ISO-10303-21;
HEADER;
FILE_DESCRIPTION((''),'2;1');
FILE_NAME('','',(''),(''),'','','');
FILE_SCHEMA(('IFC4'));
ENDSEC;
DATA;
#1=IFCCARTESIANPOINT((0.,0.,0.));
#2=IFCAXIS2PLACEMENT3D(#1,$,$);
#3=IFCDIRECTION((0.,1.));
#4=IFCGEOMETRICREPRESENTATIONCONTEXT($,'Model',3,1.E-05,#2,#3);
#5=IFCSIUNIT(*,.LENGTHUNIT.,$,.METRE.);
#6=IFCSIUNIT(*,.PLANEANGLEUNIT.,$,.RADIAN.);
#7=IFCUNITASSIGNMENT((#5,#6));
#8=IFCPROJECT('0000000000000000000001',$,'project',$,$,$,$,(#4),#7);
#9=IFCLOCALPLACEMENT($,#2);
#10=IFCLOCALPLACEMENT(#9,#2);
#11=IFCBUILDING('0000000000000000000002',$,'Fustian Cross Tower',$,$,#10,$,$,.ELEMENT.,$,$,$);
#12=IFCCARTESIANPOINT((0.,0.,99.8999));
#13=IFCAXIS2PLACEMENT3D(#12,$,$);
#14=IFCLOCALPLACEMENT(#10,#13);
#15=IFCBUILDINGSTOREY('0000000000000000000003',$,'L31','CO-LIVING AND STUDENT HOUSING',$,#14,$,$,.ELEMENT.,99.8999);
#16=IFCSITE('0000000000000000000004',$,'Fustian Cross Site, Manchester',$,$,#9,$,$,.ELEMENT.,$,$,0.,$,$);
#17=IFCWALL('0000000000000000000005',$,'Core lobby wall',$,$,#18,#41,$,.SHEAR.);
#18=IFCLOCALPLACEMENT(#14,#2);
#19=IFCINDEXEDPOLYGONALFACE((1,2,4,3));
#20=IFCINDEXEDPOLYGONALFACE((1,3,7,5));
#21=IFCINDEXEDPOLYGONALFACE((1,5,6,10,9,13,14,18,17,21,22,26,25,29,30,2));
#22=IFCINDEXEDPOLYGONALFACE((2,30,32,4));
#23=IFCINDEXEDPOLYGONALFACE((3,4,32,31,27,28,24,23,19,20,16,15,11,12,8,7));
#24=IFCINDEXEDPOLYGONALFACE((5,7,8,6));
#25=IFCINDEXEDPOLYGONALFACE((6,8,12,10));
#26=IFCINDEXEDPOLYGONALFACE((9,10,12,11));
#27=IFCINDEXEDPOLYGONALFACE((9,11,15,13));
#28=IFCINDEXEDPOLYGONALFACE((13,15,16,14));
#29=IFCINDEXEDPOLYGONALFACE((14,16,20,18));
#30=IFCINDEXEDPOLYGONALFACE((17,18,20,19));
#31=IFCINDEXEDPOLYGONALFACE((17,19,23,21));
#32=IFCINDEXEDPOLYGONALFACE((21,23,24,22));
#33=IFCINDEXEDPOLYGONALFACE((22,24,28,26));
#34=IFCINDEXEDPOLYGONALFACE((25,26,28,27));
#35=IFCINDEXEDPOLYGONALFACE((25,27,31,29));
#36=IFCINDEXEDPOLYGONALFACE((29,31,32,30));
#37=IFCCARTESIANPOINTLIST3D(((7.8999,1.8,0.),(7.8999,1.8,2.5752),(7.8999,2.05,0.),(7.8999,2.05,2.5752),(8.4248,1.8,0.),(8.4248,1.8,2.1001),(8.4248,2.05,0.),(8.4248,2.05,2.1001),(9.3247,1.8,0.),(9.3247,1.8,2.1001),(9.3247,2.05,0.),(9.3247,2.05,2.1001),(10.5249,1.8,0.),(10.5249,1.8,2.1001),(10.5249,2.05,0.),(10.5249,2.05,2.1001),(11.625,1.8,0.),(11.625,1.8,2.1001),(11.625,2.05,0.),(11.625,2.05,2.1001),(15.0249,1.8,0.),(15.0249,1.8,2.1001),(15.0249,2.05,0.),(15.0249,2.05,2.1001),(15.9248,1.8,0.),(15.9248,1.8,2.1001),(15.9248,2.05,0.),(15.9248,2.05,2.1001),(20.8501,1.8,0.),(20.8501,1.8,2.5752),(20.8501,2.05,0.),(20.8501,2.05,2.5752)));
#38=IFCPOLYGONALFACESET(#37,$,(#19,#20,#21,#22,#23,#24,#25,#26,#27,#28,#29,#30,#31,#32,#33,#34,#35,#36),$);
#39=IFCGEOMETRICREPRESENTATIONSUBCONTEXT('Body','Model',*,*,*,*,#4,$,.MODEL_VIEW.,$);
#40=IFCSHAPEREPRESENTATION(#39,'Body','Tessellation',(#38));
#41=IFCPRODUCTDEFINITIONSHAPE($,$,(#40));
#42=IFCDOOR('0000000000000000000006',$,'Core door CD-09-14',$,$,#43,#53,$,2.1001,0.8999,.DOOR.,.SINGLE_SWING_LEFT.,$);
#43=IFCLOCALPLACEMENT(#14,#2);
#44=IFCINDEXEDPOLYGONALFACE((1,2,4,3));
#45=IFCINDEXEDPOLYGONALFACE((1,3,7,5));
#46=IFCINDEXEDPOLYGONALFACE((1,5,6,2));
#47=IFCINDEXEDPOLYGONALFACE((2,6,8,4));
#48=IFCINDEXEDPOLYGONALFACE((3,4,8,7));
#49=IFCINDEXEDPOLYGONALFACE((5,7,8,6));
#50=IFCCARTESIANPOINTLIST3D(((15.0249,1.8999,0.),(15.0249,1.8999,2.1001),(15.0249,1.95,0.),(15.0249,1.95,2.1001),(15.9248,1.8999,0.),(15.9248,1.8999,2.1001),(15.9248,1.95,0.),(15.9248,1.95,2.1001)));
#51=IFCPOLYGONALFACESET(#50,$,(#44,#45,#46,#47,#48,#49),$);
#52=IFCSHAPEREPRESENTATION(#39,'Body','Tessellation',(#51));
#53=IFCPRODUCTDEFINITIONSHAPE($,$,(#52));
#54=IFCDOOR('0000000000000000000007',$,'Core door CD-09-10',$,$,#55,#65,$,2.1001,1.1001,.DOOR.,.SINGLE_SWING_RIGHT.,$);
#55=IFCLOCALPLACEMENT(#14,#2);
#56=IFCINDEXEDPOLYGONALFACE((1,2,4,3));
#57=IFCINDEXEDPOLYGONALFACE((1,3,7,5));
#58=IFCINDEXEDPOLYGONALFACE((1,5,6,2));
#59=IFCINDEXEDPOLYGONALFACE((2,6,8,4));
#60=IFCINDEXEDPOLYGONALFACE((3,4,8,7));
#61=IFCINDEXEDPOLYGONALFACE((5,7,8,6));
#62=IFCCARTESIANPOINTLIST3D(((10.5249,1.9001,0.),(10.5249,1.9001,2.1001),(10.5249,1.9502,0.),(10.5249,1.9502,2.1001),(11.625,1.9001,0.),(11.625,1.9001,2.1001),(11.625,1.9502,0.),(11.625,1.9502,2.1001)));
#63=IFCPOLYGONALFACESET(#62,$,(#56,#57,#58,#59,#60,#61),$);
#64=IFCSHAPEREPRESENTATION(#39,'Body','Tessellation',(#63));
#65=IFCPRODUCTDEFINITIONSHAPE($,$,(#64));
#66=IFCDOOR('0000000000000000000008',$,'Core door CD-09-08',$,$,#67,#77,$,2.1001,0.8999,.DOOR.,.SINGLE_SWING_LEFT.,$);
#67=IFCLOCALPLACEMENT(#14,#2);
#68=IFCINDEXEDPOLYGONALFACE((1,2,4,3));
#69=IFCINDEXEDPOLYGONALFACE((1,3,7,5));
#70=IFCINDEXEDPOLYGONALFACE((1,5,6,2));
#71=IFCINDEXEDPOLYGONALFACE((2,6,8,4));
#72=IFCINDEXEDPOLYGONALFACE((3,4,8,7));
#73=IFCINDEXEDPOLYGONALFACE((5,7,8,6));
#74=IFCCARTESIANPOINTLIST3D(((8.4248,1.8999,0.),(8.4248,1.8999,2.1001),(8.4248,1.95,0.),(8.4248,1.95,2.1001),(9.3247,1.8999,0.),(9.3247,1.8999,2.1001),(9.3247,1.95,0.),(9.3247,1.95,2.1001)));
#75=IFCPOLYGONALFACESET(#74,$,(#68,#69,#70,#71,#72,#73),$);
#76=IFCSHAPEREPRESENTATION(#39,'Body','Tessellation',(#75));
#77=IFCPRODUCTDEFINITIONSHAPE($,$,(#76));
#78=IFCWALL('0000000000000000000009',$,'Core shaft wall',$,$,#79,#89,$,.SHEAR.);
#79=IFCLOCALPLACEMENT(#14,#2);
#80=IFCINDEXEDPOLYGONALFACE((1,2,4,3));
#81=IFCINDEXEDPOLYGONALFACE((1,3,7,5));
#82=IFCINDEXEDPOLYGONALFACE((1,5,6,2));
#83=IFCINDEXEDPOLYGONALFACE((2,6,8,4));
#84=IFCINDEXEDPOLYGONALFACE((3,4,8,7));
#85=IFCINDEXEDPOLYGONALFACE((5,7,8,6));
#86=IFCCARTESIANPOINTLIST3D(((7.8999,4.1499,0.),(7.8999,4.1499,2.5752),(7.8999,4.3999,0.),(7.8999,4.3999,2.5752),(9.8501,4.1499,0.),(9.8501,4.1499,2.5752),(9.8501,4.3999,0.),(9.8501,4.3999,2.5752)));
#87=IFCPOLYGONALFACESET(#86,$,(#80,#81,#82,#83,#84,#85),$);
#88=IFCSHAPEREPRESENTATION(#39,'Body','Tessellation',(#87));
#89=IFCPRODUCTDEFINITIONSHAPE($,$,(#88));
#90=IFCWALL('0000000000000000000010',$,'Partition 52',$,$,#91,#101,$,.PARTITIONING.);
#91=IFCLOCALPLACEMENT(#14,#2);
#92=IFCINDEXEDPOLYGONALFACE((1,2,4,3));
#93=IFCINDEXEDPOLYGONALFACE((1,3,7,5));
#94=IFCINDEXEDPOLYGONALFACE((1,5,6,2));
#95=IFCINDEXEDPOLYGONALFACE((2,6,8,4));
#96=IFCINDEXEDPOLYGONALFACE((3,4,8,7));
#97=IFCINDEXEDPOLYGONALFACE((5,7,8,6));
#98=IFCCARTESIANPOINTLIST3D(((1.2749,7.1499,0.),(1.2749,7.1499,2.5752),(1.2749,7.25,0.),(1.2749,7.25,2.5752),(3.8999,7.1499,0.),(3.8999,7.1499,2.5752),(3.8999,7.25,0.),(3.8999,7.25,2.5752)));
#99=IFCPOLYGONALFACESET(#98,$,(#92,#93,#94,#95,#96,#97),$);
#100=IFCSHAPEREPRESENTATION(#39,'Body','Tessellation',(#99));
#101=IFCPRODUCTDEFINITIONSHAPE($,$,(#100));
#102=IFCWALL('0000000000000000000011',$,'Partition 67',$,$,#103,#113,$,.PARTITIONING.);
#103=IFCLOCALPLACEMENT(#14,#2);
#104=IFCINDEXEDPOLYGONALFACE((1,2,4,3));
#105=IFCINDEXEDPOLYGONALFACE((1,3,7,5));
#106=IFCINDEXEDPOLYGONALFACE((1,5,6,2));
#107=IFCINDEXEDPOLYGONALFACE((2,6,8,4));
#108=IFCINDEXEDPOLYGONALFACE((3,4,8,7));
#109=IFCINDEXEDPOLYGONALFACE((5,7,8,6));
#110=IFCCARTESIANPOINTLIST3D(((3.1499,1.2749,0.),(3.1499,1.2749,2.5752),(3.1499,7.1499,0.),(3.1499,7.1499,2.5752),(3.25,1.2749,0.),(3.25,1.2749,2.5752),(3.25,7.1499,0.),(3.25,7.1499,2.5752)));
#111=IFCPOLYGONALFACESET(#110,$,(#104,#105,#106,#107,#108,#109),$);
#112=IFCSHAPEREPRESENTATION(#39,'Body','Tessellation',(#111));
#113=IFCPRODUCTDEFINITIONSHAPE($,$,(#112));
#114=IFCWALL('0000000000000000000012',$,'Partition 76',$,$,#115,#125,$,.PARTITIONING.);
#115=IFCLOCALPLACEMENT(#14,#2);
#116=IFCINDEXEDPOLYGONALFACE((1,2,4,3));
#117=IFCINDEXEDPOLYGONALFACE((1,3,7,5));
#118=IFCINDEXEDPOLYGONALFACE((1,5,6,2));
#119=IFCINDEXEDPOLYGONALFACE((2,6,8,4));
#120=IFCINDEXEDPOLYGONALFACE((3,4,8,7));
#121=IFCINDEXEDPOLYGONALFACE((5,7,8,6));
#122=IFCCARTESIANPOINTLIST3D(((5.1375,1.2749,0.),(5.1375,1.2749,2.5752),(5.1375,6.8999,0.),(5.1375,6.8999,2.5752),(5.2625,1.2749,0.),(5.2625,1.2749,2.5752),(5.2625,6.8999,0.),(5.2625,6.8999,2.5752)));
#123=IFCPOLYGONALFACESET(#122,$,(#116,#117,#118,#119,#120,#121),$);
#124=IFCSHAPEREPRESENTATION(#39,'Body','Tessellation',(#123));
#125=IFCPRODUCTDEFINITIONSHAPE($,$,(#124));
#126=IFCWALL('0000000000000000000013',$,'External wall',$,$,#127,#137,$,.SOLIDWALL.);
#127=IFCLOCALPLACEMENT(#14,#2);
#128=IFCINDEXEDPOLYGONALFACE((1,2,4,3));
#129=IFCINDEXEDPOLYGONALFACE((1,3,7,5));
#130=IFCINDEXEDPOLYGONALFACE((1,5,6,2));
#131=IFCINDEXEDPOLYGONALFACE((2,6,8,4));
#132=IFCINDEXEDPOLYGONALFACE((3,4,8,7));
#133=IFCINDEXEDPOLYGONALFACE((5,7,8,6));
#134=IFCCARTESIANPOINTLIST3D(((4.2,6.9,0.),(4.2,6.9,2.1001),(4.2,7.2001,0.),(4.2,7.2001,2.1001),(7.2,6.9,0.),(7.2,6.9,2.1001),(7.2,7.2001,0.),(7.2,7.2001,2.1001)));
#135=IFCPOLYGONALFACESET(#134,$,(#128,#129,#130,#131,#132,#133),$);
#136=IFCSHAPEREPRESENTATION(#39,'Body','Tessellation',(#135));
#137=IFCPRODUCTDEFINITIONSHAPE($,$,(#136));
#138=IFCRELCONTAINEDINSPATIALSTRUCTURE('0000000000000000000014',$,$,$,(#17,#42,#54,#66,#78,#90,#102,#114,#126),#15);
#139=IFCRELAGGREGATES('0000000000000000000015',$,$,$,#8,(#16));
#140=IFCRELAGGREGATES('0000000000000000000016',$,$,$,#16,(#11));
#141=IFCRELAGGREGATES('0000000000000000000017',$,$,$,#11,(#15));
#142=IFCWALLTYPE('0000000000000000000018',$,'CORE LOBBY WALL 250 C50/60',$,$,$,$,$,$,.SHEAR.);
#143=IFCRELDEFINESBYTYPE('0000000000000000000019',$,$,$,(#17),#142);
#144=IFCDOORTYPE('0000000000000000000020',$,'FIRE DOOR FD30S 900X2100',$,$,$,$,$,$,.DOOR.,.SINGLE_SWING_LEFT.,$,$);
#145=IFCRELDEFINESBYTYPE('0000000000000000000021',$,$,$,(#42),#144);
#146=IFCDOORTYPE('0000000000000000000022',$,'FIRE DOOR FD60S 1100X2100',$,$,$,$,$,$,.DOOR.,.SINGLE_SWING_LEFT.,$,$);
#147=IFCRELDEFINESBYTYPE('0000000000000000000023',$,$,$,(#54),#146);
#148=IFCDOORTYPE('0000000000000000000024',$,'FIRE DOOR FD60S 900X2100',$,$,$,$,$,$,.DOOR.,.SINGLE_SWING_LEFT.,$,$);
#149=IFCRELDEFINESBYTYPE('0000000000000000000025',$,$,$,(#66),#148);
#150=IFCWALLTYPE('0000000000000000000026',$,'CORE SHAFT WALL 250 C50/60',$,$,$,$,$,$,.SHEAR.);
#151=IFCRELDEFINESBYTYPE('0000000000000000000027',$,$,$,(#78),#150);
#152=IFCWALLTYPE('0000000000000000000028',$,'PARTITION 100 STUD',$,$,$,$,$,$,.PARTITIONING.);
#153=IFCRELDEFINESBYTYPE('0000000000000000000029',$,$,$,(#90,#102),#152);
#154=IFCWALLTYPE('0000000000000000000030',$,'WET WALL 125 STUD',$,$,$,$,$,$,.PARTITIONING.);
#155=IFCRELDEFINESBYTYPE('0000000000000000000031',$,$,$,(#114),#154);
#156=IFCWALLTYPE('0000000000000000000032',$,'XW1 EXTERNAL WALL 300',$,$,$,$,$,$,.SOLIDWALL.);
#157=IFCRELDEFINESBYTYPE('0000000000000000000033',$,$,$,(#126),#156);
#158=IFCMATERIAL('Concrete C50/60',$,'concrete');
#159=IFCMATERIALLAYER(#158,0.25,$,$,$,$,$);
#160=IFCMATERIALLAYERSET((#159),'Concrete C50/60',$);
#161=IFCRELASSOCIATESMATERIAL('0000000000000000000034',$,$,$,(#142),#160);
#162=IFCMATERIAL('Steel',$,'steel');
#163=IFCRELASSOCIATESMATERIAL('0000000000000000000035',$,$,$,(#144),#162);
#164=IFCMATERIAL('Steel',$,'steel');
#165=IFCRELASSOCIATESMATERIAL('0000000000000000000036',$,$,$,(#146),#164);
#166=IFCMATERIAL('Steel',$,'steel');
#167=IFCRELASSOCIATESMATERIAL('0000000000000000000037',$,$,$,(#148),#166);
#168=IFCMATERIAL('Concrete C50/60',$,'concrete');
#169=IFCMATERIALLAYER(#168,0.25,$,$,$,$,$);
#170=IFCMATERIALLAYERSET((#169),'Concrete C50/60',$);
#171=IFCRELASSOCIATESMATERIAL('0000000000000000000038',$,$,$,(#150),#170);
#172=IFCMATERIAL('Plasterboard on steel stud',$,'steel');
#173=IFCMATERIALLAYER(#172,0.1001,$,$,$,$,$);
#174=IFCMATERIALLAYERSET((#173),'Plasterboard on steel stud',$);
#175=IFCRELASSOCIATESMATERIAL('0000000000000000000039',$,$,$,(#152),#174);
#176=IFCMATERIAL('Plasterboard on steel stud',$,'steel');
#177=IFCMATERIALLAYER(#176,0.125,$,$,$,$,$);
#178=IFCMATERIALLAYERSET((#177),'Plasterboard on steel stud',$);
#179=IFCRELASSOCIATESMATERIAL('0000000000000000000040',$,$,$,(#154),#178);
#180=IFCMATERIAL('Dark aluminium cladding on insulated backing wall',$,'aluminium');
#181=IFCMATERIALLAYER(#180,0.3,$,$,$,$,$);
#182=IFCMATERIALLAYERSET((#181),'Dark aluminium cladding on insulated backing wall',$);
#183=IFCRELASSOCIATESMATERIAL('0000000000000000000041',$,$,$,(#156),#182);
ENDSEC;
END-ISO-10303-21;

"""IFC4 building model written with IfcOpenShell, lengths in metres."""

from ifc_helpers import new_model, si_unit, direction, frame, frame_2d, origin, place, context, subcontext, project, spatial, rectangle, extrude, material, layer, layer_set, type_object, element, fill, save


model = new_model("IFC4")

# Units and contexts
model_context = context("Model", 3, precision=1e-05, world=origin(), true_north=direction((0.0, 1.0)))
body_context = subcontext(model_context, "Body", "Model", "MODEL_VIEW")
ifc_project = project(units=[si_unit("LENGTHUNIT", "METRE"), si_unit("PLANEANGLEUNIT", "RADIAN")], contexts=[model_context])

# Site, building, storey
site_placement = place(None, origin())
site = spatial("IfcSite", under=ifc_project, at=site_placement, Name="Fustian Cross Site, Manchester", CompositionType="ELEMENT", RefElevation=0.0)
building_placement = place(site_placement, origin())
building = spatial("IfcBuilding", under=site, at=building_placement, Name="Fustian Cross Tower", CompositionType="ELEMENT")
storey_placement = place(building_placement, frame((0.0, 0.0, 99.8999)))
storey = spatial("IfcBuildingStorey", under=building, at=storey_placement, Name="L31", Description="CO-LIVING AND STUDENT HOUSING", CompositionType="ELEMENT", Elevation=99.8999)

# Wall, openings, doors
ifc_material_1 = material(Name="Concrete C50/60", Category="concrete")
ifc_layer_1 = layer(ifc_material_1, 0.25)
ifc_layer_set_1 = layer_set([ifc_layer_1], Name="Concrete C50/60")
wall_type_1 = type_object("IfcWallType", Name="CORE LOBBY WALL 250 C50/60", PredefinedType="SHEAR", material=ifc_layer_set_1)
wall_1_placement = place(storey_placement, frame((7.8999, 1.925, 0.0), z_axis=(0.0, 0.0, 1.0), x_axis=(1.0, 0.0, 0.0)))
wall_1 = element("IfcWall", 1, at=wall_1_placement, inside=storey, type_object=wall_type_1, Name="Core lobby wall", PredefinedType="SHEAR", context=body_context, shape_type="SweptSolid", body=[
    extrude(rectangle(XDim=12.9502, YDim=0.25, at=frame_2d((6.4751, 0.0))), origin(), (0.0, 0.0, 1.0), 2.5752),
])
opening_1_placement = place(wall_1_placement, frame((0.5249, 0.0, 0.0)))
opening_1 = element("IfcOpeningElement", 2, at=opening_1_placement, cuts=wall_1, PredefinedType="OPENING", context=body_context, shape_type="SweptSolid", body=[
    extrude(rectangle(XDim=0.8999, YDim=2.1001, at=frame_2d((0.45, 1.05))), frame((0.0, 0.135, 0.0), z_axis=(0.0, -1.0, 0.0), x_axis=(1.0, 0.0, 0.0)), (0.0, 0.0, 1.0), 0.27),
])
opening_2_placement = place(wall_1_placement, frame((2.625, 0.0, 0.0)))
opening_2 = element("IfcOpeningElement", 3, at=opening_2_placement, cuts=wall_1, PredefinedType="OPENING", context=body_context, shape_type="SweptSolid", body=[
    extrude(rectangle(XDim=1.1001, YDim=2.1001, at=frame_2d((0.55, 1.05))), frame((0.0, 0.135, 0.0), z_axis=(0.0, -1.0, 0.0), x_axis=(1.0, 0.0, 0.0)), (0.0, 0.0, 1.0), 0.27),
])
opening_3_placement = place(wall_1_placement, frame((7.125, 0.0, 0.0)))
opening_3 = element("IfcOpeningElement", 4, at=opening_3_placement, cuts=wall_1, PredefinedType="OPENING", context=body_context, shape_type="SweptSolid", body=[
    extrude(rectangle(XDim=0.8999, YDim=2.1001, at=frame_2d((0.45, 1.05))), frame((0.0, 0.135, 0.0), z_axis=(0.0, -1.0, 0.0), x_axis=(1.0, 0.0, 0.0)), (0.0, 0.0, 1.0), 0.27),
])
ifc_material_2 = material(Name="Steel", Category="steel")
door_type_1 = type_object("IfcDoorType", Name="FIRE DOOR FD30S 900X2100", OperationType="SINGLE_SWING_LEFT", PredefinedType="DOOR", material=ifc_material_2)
door_1_placement = place(opening_3_placement, origin())
door_1 = element("IfcDoor", 5, at=door_1_placement, inside=storey, type_object=door_type_1, Name="Core door CD-09-14", OperationType="SINGLE_SWING_LEFT", OverallHeight=2.1001, OverallWidth=0.8999, PredefinedType="DOOR", context=body_context, shape_type="SweptSolid", body=[
    extrude(rectangle(XDim=0.8999, YDim=2.1001, at=frame_2d((0.45, 1.05))), frame((0.0, 0.0249, 0.0), z_axis=(0.0, -1.0, 0.0), x_axis=(1.0, 0.0, 0.0)), (0.0, 0.0, 1.0), 0.05),
])
fill(opening_3, door_1)
ifc_material_3 = material(Name="Steel", Category="steel")
door_type_2 = type_object("IfcDoorType", Name="FIRE DOOR FD60S 1100X2100", OperationType="SINGLE_SWING_LEFT", PredefinedType="DOOR", material=ifc_material_3)
door_2_placement = place(opening_2_placement, frame((1.1001, 0.0, 0.0), z_axis=(0.0, 0.0, 1.0), x_axis=(-1.0, 0.0, 0.0)))
door_2 = element("IfcDoor", 6, at=door_2_placement, inside=storey, type_object=door_type_2, Name="Core door CD-09-10", OperationType="SINGLE_SWING_RIGHT", OverallHeight=2.1001, OverallWidth=1.1001, PredefinedType="DOOR", context=body_context, shape_type="SweptSolid", body=[
    extrude(rectangle(XDim=1.1001, YDim=2.1001, at=frame_2d((0.55, 1.05))), frame((0.0, 0.0249, 0.0), z_axis=(0.0, -1.0, 0.0), x_axis=(1.0, 0.0, 0.0)), (0.0, 0.0, 1.0), 0.05),
])
fill(opening_2, door_2)
ifc_material_4 = material(Name="Steel", Category="steel")
door_type_3 = type_object("IfcDoorType", Name="FIRE DOOR FD60S 900X2100", OperationType="SINGLE_SWING_LEFT", PredefinedType="DOOR", material=ifc_material_4)
door_3_placement = place(opening_1_placement, origin())
door_3 = element("IfcDoor", 7, at=door_3_placement, inside=storey, type_object=door_type_3, Name="Core door CD-09-08", OperationType="SINGLE_SWING_LEFT", OverallHeight=2.1001, OverallWidth=0.8999, PredefinedType="DOOR", context=body_context, shape_type="SweptSolid", body=[
    extrude(rectangle(XDim=0.8999, YDim=2.1001, at=frame_2d((0.45, 1.05))), frame((0.0, 0.0249, 0.0), z_axis=(0.0, -1.0, 0.0), x_axis=(1.0, 0.0, 0.0)), (0.0, 0.0, 1.0), 0.05),
])
fill(opening_1, door_3)

# Walls
ifc_material_5 = material(Name="Concrete C50/60", Category="concrete")
ifc_layer_2 = layer(ifc_material_5, 0.25)
ifc_layer_set_2 = layer_set([ifc_layer_2], Name="Concrete C50/60")
wall_type_2 = type_object("IfcWallType", Name="CORE SHAFT WALL 250 C50/60", PredefinedType="SHEAR", material=ifc_layer_set_2)
wall_2_placement = place(storey_placement, frame((7.8999, 4.2749, 0.0), z_axis=(0.0, 0.0, 1.0), x_axis=(1.0, 0.0, 0.0)))
element("IfcWall", 8, at=wall_2_placement, inside=storey, type_object=wall_type_2, Name="Core shaft wall", PredefinedType="SHEAR", context=body_context, shape_type="SweptSolid", body=[
    extrude(rectangle(XDim=1.9502, YDim=0.25, at=frame_2d((0.9751, 0.0))), origin(), (0.0, 0.0, 1.0), 2.5752),
])
ifc_material_6 = material(Name="Plasterboard on steel stud", Category="steel")
ifc_layer_3 = layer(ifc_material_6, 0.1001)
ifc_layer_set_3 = layer_set([ifc_layer_3], Name="Plasterboard on steel stud")
wall_type_3 = type_object("IfcWallType", Name="PARTITION 100 STUD", PredefinedType="PARTITIONING", material=ifc_layer_set_3)
wall_3_placement = place(storey_placement, frame((1.2749, 7.2, 0.0), z_axis=(0.0, 0.0, 1.0), x_axis=(1.0, 0.0, 0.0)))
element("IfcWall", 9, at=wall_3_placement, inside=storey, type_object=wall_type_3, Name="Partition 52", PredefinedType="PARTITIONING", context=body_context, shape_type="SweptSolid", body=[
    extrude(rectangle(XDim=2.625, YDim=0.1001, at=frame_2d((1.3125, 0.0))), origin(), (0.0, 0.0, 1.0), 2.5752),
])
wall_4_placement = place(storey_placement, frame((3.2, 1.2749, 0.0), z_axis=(0.0, 0.0, 1.0), x_axis=(0.0, 1.0, 0.0)))
element("IfcWall", 10, at=wall_4_placement, inside=storey, type_object=wall_type_3, Name="Partition 67", PredefinedType="PARTITIONING", context=body_context, shape_type="SweptSolid", body=[
    extrude(rectangle(XDim=5.875, YDim=0.1001, at=frame_2d((2.9375, 0.0))), origin(), (0.0, 0.0, 1.0), 2.5752),
])
ifc_material_7 = material(Name="Plasterboard on steel stud", Category="steel")
ifc_layer_4 = layer(ifc_material_7, 0.125)
ifc_layer_set_4 = layer_set([ifc_layer_4], Name="Plasterboard on steel stud")
wall_type_4 = type_object("IfcWallType", Name="WET WALL 125 STUD", PredefinedType="PARTITIONING", material=ifc_layer_set_4)
wall_5_placement = place(storey_placement, frame((5.2, 1.2749, 0.0), z_axis=(0.0, 0.0, 1.0), x_axis=(0.0, 1.0, 0.0)))
element("IfcWall", 11, at=wall_5_placement, inside=storey, type_object=wall_type_4, Name="Partition 76", PredefinedType="PARTITIONING", context=body_context, shape_type="SweptSolid", body=[
    extrude(rectangle(XDim=5.625, YDim=0.125, at=frame_2d((2.8125, 0.0))), origin(), (0.0, 0.0, 1.0), 2.5752),
])
ifc_material_8 = material(Name="Dark aluminium cladding on insulated backing wall", Category="aluminium")
ifc_layer_5 = layer(ifc_material_8, 0.3)
ifc_layer_set_5 = layer_set([ifc_layer_5], Name="Dark aluminium cladding on insulated backing wall")
wall_type_5 = type_object("IfcWallType", Name="XW1 EXTERNAL WALL 300", PredefinedType="SOLIDWALL", material=ifc_layer_set_5)
wall_6_placement = place(storey_placement, frame((7.2, 7.05, 0.0), z_axis=(0.0, 0.0, 1.0), x_axis=(-1.0, 0.0, 0.0)))
element("IfcWall", 12, at=wall_6_placement, inside=storey, type_object=wall_type_5, Name="External wall", PredefinedType="SOLIDWALL", context=body_context, shape_type="SweptSolid", body=[
    extrude(rectangle(XDim=3.0, YDim=0.3, at=frame_2d((1.5, 0.0))), origin(), (0.0, 0.0, 1.0), 2.1001),
])

save(model, "model.ifc")
